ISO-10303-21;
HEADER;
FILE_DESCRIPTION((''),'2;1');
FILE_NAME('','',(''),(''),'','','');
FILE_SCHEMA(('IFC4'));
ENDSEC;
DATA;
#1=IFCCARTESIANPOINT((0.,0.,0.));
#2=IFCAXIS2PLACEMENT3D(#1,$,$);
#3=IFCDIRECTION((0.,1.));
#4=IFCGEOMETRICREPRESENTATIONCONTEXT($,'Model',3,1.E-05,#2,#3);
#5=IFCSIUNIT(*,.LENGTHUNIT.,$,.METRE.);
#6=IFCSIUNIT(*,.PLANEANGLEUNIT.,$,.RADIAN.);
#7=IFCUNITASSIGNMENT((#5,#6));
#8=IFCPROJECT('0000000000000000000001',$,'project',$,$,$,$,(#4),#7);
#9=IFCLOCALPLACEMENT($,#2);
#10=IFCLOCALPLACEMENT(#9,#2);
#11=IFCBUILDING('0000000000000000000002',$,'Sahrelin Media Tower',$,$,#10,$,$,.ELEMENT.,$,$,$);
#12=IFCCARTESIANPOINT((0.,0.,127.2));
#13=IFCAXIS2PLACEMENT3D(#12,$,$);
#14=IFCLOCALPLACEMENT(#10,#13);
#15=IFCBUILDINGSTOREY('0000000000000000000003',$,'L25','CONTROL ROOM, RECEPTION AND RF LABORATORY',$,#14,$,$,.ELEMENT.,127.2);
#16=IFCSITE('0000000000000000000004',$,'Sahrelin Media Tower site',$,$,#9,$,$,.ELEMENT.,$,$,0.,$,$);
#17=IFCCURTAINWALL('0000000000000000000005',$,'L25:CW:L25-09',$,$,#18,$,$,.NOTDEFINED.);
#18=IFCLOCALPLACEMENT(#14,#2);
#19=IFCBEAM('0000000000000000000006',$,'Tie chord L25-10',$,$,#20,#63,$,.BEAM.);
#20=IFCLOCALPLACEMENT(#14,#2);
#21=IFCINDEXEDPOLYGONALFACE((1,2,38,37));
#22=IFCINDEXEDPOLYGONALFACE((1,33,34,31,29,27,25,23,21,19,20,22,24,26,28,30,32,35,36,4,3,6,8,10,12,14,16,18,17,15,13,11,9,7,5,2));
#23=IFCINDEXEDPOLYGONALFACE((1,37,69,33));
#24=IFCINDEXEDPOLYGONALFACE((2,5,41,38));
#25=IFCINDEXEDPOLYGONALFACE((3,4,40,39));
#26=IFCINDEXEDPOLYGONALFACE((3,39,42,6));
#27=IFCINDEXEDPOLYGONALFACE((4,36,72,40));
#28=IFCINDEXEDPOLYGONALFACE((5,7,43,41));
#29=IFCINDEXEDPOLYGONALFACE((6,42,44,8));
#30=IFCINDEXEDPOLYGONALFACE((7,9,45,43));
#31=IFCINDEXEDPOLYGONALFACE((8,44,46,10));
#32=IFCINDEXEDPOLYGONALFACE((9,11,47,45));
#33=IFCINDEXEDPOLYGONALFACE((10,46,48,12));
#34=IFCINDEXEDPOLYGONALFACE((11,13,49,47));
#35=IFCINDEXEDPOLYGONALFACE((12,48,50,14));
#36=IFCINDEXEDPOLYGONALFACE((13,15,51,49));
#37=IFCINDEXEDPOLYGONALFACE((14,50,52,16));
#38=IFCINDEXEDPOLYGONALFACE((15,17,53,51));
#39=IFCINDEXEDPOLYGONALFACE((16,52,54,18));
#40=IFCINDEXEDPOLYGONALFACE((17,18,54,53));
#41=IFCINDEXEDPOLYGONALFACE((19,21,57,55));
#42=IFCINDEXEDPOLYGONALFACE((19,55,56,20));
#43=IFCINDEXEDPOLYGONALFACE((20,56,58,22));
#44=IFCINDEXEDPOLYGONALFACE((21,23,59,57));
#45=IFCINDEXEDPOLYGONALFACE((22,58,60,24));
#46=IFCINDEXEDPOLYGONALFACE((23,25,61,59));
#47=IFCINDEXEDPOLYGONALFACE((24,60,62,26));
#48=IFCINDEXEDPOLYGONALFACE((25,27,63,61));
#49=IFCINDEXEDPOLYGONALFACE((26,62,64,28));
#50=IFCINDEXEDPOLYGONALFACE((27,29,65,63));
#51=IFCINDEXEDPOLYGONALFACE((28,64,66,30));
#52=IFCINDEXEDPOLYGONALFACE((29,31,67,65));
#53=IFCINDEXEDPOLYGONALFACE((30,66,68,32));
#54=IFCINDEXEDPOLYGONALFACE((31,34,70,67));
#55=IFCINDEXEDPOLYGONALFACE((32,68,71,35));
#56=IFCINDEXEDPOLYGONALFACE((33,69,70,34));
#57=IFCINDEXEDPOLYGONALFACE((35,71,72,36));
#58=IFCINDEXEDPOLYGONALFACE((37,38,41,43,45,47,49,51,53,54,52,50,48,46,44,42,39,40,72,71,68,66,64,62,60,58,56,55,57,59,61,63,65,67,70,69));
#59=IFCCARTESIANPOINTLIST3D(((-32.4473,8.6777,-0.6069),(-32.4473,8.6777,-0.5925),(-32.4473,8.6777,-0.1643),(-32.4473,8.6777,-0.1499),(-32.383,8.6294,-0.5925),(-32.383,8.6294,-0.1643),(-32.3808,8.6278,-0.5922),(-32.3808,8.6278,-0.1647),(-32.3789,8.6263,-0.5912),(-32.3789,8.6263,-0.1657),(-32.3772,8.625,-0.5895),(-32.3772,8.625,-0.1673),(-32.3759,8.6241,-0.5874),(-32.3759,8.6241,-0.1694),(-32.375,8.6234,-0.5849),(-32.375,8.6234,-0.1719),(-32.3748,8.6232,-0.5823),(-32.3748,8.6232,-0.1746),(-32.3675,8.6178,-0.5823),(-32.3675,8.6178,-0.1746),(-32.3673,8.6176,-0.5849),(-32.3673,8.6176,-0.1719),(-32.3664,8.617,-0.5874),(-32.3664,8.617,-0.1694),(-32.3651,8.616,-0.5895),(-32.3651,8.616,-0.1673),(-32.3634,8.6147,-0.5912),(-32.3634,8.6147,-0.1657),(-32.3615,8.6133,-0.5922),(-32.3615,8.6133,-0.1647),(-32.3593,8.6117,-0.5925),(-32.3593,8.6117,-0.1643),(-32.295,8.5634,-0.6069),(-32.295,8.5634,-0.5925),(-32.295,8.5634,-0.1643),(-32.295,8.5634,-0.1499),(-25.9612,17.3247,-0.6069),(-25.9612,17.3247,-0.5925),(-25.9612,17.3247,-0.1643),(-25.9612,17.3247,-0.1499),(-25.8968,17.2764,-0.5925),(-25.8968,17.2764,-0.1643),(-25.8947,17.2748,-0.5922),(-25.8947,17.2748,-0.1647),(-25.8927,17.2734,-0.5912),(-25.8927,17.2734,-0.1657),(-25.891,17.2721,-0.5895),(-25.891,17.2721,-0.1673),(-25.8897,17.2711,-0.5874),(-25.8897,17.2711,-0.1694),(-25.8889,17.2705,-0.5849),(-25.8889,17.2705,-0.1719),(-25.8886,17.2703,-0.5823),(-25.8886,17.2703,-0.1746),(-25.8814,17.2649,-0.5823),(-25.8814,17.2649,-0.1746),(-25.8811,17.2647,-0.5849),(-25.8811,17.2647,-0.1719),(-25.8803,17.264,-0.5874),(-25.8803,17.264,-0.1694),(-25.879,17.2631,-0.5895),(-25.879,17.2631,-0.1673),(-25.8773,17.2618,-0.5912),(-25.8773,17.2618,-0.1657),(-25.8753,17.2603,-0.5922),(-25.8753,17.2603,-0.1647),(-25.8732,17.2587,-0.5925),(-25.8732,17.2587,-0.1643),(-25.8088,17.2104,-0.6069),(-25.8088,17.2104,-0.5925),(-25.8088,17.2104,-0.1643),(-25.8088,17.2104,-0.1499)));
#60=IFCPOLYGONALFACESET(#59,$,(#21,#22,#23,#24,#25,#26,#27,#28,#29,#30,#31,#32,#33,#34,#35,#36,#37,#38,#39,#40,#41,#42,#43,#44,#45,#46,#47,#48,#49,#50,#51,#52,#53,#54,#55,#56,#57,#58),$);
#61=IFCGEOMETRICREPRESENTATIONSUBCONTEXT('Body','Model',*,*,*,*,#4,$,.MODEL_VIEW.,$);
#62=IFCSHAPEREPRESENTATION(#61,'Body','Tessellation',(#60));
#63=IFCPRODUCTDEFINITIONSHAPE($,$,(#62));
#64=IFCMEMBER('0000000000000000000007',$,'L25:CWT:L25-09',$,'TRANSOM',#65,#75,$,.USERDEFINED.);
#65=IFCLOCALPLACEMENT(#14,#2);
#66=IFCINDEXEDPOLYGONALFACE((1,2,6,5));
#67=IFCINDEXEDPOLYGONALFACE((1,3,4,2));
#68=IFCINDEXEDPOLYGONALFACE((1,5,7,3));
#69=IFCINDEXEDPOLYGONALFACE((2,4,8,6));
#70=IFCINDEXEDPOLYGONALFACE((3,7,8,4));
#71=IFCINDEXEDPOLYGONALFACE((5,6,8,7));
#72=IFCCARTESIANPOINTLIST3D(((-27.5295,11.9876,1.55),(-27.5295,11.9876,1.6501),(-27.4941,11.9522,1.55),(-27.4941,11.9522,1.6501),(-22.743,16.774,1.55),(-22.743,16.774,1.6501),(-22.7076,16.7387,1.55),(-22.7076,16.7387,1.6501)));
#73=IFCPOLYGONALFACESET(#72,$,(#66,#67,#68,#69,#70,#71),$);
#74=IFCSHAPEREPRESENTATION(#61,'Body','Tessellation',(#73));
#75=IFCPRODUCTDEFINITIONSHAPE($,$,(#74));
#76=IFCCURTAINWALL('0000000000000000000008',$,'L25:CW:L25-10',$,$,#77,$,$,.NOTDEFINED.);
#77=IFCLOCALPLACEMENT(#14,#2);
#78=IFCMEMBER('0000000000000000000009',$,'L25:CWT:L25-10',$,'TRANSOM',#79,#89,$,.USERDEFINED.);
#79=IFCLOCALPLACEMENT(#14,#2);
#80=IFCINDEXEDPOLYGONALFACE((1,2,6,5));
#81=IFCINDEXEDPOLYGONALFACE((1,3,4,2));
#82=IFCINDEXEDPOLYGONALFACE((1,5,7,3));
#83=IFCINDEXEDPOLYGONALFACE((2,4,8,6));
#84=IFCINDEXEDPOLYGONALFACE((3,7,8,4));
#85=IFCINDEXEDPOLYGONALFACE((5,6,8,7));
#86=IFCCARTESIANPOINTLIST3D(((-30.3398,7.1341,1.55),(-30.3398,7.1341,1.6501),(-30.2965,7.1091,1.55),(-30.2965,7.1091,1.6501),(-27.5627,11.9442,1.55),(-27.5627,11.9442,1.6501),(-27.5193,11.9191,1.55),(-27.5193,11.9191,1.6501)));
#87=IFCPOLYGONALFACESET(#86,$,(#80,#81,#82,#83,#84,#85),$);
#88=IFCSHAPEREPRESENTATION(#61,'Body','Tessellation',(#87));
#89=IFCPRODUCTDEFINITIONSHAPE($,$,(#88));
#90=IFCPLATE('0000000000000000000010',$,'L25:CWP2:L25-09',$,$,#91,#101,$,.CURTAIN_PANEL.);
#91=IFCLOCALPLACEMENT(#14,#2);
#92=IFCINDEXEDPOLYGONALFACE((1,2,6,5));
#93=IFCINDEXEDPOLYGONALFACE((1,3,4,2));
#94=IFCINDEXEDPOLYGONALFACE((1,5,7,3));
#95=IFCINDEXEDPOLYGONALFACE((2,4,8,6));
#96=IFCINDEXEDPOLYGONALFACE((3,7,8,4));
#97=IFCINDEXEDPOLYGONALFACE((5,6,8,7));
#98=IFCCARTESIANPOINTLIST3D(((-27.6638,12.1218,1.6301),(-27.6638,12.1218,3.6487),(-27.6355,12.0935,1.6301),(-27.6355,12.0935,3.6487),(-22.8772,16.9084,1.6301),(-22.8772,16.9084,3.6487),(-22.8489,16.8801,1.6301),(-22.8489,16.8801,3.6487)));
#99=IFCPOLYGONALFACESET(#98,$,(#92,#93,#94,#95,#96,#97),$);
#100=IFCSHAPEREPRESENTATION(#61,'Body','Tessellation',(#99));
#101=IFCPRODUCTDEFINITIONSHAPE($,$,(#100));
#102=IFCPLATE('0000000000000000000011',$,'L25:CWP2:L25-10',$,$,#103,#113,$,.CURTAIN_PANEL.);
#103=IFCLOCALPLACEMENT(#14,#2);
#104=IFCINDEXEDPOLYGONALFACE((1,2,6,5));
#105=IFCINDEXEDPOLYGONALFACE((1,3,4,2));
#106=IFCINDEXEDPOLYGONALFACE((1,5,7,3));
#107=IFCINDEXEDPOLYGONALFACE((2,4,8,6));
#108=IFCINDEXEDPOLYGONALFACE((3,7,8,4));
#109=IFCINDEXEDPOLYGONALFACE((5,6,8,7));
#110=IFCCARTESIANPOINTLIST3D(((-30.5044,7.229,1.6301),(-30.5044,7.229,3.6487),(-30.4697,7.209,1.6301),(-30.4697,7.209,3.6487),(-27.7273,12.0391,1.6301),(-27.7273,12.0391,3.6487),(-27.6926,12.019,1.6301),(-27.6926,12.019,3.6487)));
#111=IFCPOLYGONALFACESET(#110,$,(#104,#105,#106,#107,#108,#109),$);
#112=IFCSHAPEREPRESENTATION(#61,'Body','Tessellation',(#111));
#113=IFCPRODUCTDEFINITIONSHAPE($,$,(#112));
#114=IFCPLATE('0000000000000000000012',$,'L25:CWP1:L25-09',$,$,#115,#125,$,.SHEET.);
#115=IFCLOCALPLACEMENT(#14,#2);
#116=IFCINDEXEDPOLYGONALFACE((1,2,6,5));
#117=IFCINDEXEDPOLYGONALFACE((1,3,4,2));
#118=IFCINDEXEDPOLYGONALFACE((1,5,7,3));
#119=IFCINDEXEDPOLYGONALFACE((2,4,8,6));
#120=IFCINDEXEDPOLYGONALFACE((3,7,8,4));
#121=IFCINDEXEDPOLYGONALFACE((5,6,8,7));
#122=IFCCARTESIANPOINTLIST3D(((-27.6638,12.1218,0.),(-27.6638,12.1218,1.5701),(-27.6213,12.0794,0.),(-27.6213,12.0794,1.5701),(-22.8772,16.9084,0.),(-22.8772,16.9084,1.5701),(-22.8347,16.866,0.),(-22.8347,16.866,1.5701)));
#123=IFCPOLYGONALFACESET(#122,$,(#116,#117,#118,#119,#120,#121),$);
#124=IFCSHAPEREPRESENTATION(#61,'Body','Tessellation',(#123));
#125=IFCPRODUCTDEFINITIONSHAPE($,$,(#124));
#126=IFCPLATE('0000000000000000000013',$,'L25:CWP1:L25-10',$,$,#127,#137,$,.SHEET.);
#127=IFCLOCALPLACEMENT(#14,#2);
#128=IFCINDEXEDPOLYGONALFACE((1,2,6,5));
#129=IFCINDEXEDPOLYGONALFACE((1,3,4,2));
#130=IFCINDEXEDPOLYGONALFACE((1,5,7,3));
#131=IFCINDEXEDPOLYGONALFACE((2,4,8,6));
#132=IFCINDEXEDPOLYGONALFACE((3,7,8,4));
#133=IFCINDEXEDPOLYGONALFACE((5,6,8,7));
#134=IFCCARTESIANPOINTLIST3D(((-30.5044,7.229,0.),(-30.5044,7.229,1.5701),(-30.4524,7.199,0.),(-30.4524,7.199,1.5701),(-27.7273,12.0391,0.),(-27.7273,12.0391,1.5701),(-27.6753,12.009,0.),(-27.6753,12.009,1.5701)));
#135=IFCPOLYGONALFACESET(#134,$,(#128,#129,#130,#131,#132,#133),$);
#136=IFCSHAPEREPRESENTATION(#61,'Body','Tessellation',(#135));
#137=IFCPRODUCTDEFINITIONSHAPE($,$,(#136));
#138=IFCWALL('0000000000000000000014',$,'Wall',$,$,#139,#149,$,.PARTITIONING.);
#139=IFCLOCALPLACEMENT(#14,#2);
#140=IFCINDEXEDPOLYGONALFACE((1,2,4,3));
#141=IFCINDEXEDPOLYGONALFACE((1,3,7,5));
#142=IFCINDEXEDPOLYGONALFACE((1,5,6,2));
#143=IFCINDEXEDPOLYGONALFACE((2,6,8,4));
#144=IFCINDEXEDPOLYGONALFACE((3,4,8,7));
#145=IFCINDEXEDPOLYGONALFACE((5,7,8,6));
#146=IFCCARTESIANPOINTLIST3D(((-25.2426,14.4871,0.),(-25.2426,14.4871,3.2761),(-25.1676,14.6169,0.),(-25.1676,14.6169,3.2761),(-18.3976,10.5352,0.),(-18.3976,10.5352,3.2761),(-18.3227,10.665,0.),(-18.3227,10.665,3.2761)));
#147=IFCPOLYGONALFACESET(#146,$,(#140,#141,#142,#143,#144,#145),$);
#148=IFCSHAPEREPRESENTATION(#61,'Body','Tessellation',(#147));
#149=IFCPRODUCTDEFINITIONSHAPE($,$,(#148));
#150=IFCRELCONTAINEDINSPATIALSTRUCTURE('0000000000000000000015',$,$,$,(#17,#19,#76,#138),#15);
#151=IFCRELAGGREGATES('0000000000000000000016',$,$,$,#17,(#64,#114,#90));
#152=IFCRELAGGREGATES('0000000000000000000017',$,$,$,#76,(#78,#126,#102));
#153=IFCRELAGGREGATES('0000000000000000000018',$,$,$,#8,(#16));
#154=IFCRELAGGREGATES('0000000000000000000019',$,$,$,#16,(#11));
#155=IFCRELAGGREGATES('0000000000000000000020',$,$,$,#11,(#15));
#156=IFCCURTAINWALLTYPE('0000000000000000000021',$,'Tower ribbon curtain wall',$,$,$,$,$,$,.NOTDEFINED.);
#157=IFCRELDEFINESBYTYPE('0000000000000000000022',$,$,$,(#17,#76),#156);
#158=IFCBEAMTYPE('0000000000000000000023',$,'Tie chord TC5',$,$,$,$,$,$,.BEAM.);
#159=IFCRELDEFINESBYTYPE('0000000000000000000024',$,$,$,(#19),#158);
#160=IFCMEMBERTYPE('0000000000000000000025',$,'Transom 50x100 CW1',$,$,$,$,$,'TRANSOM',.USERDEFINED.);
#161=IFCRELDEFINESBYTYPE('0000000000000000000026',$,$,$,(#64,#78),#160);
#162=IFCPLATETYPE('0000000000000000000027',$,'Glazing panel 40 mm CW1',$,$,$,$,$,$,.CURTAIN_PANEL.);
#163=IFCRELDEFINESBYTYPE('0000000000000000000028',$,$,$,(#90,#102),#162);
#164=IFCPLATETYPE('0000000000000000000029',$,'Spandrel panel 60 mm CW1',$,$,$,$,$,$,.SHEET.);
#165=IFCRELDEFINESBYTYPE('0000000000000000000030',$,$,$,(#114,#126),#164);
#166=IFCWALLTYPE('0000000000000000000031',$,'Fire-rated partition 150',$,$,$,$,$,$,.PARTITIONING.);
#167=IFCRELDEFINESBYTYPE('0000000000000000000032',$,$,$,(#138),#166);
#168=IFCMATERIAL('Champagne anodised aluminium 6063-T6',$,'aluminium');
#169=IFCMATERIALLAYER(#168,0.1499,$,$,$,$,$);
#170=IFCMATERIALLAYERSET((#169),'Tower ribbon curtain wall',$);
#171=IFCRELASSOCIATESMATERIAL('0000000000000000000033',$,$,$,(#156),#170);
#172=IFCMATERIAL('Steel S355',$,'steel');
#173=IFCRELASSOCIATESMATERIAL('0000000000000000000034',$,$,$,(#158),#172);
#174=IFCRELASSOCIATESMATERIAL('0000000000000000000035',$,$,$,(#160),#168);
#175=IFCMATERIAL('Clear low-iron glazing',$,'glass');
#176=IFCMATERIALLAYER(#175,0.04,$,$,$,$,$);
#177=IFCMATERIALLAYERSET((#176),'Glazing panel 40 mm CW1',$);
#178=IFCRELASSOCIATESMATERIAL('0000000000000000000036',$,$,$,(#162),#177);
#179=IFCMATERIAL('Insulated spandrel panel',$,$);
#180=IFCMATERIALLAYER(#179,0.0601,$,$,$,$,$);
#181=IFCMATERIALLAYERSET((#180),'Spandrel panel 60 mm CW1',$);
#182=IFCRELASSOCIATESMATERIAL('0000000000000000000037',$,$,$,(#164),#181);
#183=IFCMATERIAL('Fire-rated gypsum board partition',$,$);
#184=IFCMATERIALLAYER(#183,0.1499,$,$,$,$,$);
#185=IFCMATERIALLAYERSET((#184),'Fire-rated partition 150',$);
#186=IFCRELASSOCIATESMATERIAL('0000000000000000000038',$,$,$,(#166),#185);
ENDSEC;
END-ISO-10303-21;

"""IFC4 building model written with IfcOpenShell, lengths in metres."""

from ifc_helpers import new_model, si_unit, direction, frame, frame_2d, origin, origin_2d, place, context, subcontext, project, spatial, polyline, rectangle, i_section, outline, extrude, material, layer, layer_set, material_profile, profile_set, type_object, element, aggregate, save


model = new_model("IFC4")

# Units and contexts
model_context = context("Model", 3, precision=1e-05, world=origin(), true_north=direction((0.0, 1.0)))
body_context = subcontext(model_context, "Body", "Model", "MODEL_VIEW")
ifc_project = project(units=[si_unit("LENGTHUNIT", "METRE"), si_unit("PLANEANGLEUNIT", "RADIAN")], contexts=[model_context])

# Site, building, storey
site_placement = place(None, origin())
site = spatial("IfcSite", under=ifc_project, at=site_placement, Name="Sahrelin Media Tower site", CompositionType="ELEMENT", RefElevation=0.0)
building_placement = place(site_placement, origin())
building = spatial("IfcBuilding", under=site, at=building_placement, Name="Sahrelin Media Tower", CompositionType="ELEMENT")
storey_placement = place(building_placement, frame((0.0, 0.0, 127.2)))
storey = spatial("IfcBuildingStorey", under=building, at=storey_placement, Name="L25", Description="CONTROL ROOM, RECEPTION AND RF LABORATORY", CompositionType="ELEMENT", Elevation=127.2)

# Shared definitions
ifc_material_1 = material(Name="Steel S355", Category="steel")

# Curtain wall
ifc_material_2 = material(Name="Champagne anodised aluminium 6063-T6", Category="aluminium")
ifc_layer_1 = layer(ifc_material_2, 0.1499)
ifc_layer_set_1 = layer_set([ifc_layer_1], Name="Tower ribbon curtain wall")
curtain_wall_type = type_object("IfcCurtainWallType", Name="Tower ribbon curtain wall", PredefinedType="NOTDEFINED", material=ifc_layer_set_1)
curtain_wall_1_placement = place(storey_placement, frame((-25.2563, 14.501, 0.0), z_axis=(0.0, 0.0, 1.0), x_axis=(1.0, 0.0, 0.0)))
curtain_wall_1 = element("IfcCurtainWall", 1, at=curtain_wall_1_placement, inside=storey, type_object=curtain_wall_type, Name="L25:CW:L25-09", PredefinedType="NOTDEFINED")

# Beam
ifc_material_profile_1 = material_profile(ifc_material_1, i_section(OverallWidth=0.1904, OverallDepth=0.457, WebThickness=0.009, FlangeThickness=0.0144, FilletRadius=0.0103, at=origin_2d()), Name="UB 457x191x74")
ifc_profile_set_1 = profile_set([ifc_material_profile_1], Name="Steel S355")
beam_type_1 = type_object("IfcBeamType", Name="Tie chord TC5", PredefinedType="BEAM", material=ifc_profile_set_1)
beam_1_placement = place(storey_placement, frame((-25.885, 17.2676, -0.3784), z_axis=(-0.600051, -0.799962, 0.0), x_axis=(0.799962, -0.600051, 0.0)))
element("IfcBeam", 2, at=beam_1_placement, inside=storey, type_object=beam_type_1, Name="Tie chord L25-10", PredefinedType="BEAM", context=body_context, shape_type="SweptSolid", body=[
    extrude(i_section(OverallWidth=0.1904, OverallDepth=0.457, WebThickness=0.009, FlangeThickness=0.0144, FilletRadius=0.0103, at=origin_2d()), origin(), (0.0, 0.0, 1.0), 10.8093),
])

# Member
ifc_material_profile_2 = material_profile(ifc_material_2, rectangle(XDim=0.05, YDim=0.1001, at=origin_2d()), Name="Transom 50x100")
ifc_profile_set_2 = profile_set([ifc_material_profile_2], Name="Champagne anodised aluminium 6063-T6")
member_type_1 = type_object("IfcMemberType", Name="Transom 50x100 CW1", ElementType="TRANSOM", PredefinedType="USERDEFINED", material=ifc_profile_set_2)
member_1_placement = place(storey_placement, frame((-22.7253, 16.7563, 1.6001), z_axis=(-0.707107, -0.707107, 0.0), x_axis=(0.707107, -0.707107, 0.0)))
member_1 = element("IfcMember", 3, at=member_1_placement, type_object=member_type_1, Name="L25:CWT:L25-09", ObjectType="TRANSOM", PredefinedType="USERDEFINED", context=body_context, shape_type="SweptSolid", body=[
    extrude(rectangle(XDim=0.05, YDim=0.1001, at=origin_2d()), origin(), (0.0, 0.0, 1.0), 6.769),
])

# Curtain wall, member
curtain_wall_2_placement = place(storey_placement, frame((-29.0984, 9.624, 0.0), z_axis=(0.0, 0.0, 1.0), x_axis=(1.0, 0.0, 0.0)))
curtain_wall_2 = element("IfcCurtainWall", 4, at=curtain_wall_2_placement, inside=storey, type_object=curtain_wall_type, Name="L25:CW:L25-10", PredefinedType="NOTDEFINED")
member_2_placement = place(storey_placement, frame((-27.541, 11.9316, 1.6001), z_axis=(-0.500001, -0.866025, 0.0), x_axis=(0.866025, -0.500001, 0.0)))
member_2 = element("IfcMember", 5, at=member_2_placement, type_object=member_type_1, Name="L25:CWT:L25-10", ObjectType="TRANSOM", PredefinedType="USERDEFINED", context=body_context, shape_type="SweptSolid", body=[
    extrude(rectangle(XDim=0.05, YDim=0.1001, at=origin_2d()), origin(), (0.0, 0.0, 1.0), 5.5542),
])

# Plates
ifc_material_3 = material(Name="Clear low-iron glazing", Category="glass")
ifc_layer_2 = layer(ifc_material_3, 0.04)
ifc_layer_set_2 = layer_set([ifc_layer_2], Name="Glazing panel 40 mm CW1")
plate_type_1 = type_object("IfcPlateType", Name="Glazing panel 40 mm CW1", PredefinedType="CURTAIN_PANEL", material=ifc_layer_set_2)
plate_1_placement = place(storey_placement, frame((-22.8772, 16.9084, 1.6301), z_axis=(-0.707107, 0.707107, 0.0), x_axis=(-0.707107, -0.707107, 0.0)))
plate_1 = element("IfcPlate", 6, at=plate_1_placement, type_object=plate_type_1, Name="L25:CWP2:L25-09", PredefinedType="CURTAIN_PANEL", context=body_context, shape_type="SweptSolid", body=[
    extrude(outline(polyline([(0.0, 0.0), (6.7693, 0.0), (6.7693, 2.0186), (0.0, 2.0186), (0.0, 0.0)])), origin(), (0.0, 0.0, -1.0), 0.04),
])
plate_2_placement = place(storey_placement, frame((-27.7273, 12.0391, 1.6301), z_axis=(-0.866025, 0.500001, 0.0), x_axis=(-0.500001, -0.866025, 0.0)))
plate_2 = element("IfcPlate", 7, at=plate_2_placement, type_object=plate_type_1, Name="L25:CWP2:L25-10", PredefinedType="CURTAIN_PANEL", context=body_context, shape_type="SweptSolid", body=[
    extrude(outline(polyline([(0.0, 0.0), (5.5542, 0.0), (5.5542, 2.0186), (0.0, 2.0186), (0.0, 0.0)])), origin(), (0.0, 0.0, -1.0), 0.04),
])
ifc_material_4 = material(Name="Insulated spandrel panel")
ifc_layer_3 = layer(ifc_material_4, 0.0601)
ifc_layer_set_3 = layer_set([ifc_layer_3], Name="Spandrel panel 60 mm CW1")
plate_type_2 = type_object("IfcPlateType", Name="Spandrel panel 60 mm CW1", PredefinedType="SHEET", material=ifc_layer_set_3)
plate_3_placement = place(storey_placement, frame((-22.8772, 16.9084, 0.0), z_axis=(-0.707107, 0.707107, 0.0), x_axis=(-0.707107, -0.707107, 0.0)))
plate_3 = element("IfcPlate", 8, at=plate_3_placement, type_object=plate_type_2, Name="L25:CWP1:L25-09", PredefinedType="SHEET", context=body_context, shape_type="SweptSolid", body=[
    extrude(outline(polyline([(0.0, 0.0), (6.7693, 0.0), (6.7693, 1.5701), (0.0, 1.5701), (0.0, 0.0)])), origin(), (0.0, 0.0, -1.0), 0.0601),
])
aggregate(curtain_wall_1, [member_1, plate_3, plate_1])
plate_4_placement = place(storey_placement, frame((-27.7273, 12.0391, 0.0), z_axis=(-0.866025, 0.500001, 0.0), x_axis=(-0.500001, -0.866025, 0.0)))
plate_4 = element("IfcPlate", 9, at=plate_4_placement, type_object=plate_type_2, Name="L25:CWP1:L25-10", PredefinedType="SHEET", context=body_context, shape_type="SweptSolid", body=[
    extrude(outline(polyline([(0.0, 0.0), (5.5542, 0.0), (5.5542, 1.5701), (0.0, 1.5701), (0.0, 0.0)])), origin(), (0.0, 0.0, -1.0), 0.0601),
])
aggregate(curtain_wall_2, [member_2, plate_4, plate_2])

# Wall
ifc_material_5 = material(Name="Fire-rated gypsum board partition")
ifc_layer_4 = layer(ifc_material_5, 0.1499)
ifc_layer_set_4 = layer_set([ifc_layer_4], Name="Fire-rated partition 150")
wall_type_1 = type_object("IfcWallType", Name="Fire-rated partition 150", PredefinedType="PARTITIONING", material=ifc_layer_set_4)
wall_1_placement = place(storey_placement, frame((-25.2051, 14.552, 0.0), z_axis=(0.0, 0.0, 1.0), x_axis=(0.866028, -0.499996, 0.0)))
element("IfcWall", 10, at=wall_1_placement, inside=storey, type_object=wall_type_1, Name="Wall", PredefinedType="PARTITIONING", context=body_context, shape_type="SweptSolid", body=[
    extrude(rectangle(XDim=7.9038, YDim=0.1499, at=frame_2d((3.9519, 0.0))), origin(), (0.0, 0.0, 1.0), 3.2761),
])

save(model, "model.ifc")
